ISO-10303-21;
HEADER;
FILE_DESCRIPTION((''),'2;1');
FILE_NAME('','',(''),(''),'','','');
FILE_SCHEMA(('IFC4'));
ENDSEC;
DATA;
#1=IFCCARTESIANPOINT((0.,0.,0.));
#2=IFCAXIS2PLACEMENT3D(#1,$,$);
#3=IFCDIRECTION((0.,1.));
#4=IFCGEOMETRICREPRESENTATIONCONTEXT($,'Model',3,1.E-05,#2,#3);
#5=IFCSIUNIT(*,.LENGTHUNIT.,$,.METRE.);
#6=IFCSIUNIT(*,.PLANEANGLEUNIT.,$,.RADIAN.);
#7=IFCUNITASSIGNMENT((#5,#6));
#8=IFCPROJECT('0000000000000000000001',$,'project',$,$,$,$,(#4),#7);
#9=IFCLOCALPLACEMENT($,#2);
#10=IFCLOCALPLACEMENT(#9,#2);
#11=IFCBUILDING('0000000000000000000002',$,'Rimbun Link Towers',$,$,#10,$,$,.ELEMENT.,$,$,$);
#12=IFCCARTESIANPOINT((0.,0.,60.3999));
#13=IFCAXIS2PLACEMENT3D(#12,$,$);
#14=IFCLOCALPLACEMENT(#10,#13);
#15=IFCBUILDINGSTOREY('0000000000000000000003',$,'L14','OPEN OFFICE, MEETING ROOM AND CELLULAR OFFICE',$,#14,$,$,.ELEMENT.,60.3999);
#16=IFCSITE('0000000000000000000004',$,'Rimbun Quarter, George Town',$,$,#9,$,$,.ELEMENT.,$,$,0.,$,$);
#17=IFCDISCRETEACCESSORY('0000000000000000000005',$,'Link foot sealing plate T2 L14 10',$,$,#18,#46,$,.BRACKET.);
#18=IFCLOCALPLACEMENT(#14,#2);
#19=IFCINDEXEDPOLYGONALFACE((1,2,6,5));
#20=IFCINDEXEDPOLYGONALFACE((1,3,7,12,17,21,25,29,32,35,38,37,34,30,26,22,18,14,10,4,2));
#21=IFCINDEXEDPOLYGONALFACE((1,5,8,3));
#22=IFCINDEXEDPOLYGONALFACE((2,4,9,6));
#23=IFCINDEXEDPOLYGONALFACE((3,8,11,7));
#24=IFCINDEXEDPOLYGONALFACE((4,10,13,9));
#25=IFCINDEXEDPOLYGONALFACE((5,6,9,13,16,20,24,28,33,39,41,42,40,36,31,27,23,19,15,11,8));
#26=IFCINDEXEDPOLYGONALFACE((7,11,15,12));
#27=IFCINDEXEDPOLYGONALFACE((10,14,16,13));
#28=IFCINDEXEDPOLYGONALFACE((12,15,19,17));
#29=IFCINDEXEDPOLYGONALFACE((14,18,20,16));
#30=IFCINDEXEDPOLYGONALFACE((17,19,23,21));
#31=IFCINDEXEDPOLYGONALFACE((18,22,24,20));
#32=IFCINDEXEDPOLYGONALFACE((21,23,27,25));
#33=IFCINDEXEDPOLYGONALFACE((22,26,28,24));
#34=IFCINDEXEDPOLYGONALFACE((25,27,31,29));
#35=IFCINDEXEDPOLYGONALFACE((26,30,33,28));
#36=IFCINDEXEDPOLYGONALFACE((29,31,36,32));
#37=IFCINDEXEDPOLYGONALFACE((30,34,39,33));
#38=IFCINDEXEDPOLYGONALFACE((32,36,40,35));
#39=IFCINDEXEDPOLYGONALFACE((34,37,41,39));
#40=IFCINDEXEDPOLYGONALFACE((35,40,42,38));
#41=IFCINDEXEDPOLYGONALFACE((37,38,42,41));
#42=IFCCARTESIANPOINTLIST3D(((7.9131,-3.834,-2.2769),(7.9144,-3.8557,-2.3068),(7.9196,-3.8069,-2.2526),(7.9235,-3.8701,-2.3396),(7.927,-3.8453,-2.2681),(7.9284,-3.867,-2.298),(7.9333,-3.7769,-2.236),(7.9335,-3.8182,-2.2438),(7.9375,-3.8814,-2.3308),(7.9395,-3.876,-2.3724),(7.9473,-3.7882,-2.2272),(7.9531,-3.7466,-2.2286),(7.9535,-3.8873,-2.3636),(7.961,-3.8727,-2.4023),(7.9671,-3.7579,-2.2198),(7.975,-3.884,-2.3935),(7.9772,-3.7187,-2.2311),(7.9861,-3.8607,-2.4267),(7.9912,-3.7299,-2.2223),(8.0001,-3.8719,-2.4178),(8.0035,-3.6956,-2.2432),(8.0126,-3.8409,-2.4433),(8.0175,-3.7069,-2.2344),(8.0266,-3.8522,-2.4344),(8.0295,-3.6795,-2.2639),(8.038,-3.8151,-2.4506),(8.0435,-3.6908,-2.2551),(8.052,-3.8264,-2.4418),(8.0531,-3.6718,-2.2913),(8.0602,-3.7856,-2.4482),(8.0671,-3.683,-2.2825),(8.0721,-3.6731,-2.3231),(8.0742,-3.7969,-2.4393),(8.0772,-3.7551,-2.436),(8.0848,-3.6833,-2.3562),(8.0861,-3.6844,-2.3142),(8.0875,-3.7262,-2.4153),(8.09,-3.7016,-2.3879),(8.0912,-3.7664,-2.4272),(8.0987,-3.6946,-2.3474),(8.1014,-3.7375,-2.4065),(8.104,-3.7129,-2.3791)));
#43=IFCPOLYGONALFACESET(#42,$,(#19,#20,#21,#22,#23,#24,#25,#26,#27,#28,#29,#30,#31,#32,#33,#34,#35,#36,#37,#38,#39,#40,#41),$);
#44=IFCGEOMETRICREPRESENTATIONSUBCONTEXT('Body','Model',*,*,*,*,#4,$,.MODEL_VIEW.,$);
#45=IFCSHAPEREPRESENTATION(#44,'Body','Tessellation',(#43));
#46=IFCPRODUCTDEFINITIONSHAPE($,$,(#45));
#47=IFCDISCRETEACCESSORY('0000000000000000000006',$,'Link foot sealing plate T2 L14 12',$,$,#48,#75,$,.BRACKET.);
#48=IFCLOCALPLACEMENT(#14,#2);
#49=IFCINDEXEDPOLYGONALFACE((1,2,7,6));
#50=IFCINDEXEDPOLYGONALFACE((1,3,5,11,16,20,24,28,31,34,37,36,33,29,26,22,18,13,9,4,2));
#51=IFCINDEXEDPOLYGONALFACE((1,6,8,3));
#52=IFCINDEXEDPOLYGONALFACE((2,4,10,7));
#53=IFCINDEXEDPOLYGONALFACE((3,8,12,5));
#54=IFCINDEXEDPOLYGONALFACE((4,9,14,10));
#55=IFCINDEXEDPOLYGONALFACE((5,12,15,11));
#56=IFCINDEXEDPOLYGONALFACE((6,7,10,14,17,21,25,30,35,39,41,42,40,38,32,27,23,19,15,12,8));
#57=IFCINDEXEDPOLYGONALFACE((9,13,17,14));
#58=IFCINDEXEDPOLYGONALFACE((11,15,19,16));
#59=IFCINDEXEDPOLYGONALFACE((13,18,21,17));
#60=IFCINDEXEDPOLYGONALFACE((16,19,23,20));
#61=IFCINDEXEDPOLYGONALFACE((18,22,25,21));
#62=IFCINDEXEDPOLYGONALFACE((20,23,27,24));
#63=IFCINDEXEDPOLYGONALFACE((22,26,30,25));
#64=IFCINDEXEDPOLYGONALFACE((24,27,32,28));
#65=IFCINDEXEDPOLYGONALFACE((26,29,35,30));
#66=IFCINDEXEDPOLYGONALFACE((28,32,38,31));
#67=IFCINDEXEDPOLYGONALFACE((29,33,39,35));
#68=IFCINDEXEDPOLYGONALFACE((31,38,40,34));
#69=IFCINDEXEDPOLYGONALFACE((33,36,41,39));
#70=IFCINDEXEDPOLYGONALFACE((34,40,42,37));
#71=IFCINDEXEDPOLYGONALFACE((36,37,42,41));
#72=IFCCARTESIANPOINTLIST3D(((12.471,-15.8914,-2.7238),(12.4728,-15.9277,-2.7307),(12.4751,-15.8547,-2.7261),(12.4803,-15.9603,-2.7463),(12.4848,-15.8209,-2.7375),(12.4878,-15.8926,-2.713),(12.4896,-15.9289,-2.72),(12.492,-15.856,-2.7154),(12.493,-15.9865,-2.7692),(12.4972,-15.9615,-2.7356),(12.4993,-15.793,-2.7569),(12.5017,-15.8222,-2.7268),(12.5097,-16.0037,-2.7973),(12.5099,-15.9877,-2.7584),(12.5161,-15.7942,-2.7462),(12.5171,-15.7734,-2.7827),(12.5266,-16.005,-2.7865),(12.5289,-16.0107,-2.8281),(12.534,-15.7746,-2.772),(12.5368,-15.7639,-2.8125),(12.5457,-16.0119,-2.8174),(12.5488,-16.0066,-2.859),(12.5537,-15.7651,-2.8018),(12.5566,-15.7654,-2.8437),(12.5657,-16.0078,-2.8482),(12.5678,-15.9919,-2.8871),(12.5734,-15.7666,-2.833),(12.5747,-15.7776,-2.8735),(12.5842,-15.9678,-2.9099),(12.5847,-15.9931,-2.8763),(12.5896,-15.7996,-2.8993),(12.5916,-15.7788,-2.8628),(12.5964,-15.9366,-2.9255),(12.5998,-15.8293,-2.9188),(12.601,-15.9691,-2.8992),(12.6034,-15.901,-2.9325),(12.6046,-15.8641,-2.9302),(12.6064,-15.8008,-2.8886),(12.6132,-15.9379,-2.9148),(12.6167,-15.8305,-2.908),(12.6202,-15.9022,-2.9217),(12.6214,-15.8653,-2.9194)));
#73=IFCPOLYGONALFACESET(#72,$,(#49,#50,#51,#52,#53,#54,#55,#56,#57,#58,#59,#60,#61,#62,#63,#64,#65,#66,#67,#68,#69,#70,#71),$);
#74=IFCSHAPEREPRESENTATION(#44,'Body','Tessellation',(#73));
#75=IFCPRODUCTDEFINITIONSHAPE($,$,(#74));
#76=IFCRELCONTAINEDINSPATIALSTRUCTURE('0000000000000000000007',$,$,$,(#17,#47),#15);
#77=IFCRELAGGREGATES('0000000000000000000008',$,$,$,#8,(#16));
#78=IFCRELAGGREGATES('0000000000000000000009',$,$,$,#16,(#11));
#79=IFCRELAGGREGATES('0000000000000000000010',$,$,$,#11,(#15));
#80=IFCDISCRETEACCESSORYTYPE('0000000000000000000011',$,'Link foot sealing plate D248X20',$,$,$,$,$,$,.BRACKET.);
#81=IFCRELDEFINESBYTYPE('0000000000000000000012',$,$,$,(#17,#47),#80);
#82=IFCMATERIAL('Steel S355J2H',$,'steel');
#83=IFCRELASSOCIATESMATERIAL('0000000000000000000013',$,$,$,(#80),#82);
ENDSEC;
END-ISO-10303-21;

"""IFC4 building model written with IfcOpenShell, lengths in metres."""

from ifc_helpers import new_model, si_unit, direction, frame, origin, origin_2d, place, context, subcontext, project, spatial, circle, extrude, material, material_profile, profile_set, type_object, element, save


model = new_model("IFC4")

# Units and contexts
model_context = context("Model", 3, precision=1e-05, world=origin(), true_north=direction((0.0, 1.0)))
body_context = subcontext(model_context, "Body", "Model", "MODEL_VIEW")
ifc_project = project(units=[si_unit("LENGTHUNIT", "METRE"), si_unit("PLANEANGLEUNIT", "RADIAN")], contexts=[model_context])

# Site, building, storey
site_placement = place(None, origin())
site = spatial("IfcSite", under=ifc_project, at=site_placement, Name="Rimbun Quarter, George Town", CompositionType="ELEMENT", RefElevation=0.0)
building_placement = place(site_placement, origin())
building = spatial("IfcBuilding", under=site, at=building_placement, Name="Rimbun Link Towers", CompositionType="ELEMENT")
storey_placement = place(building_placement, frame((0.0, 0.0, 60.3999)))
storey = spatial("IfcBuildingStorey", under=building, at=storey_placement, Name="L14", Description="OPEN OFFICE, MEETING ROOM AND CELLULAR OFFICE", CompositionType="ELEMENT", Elevation=60.3999)

# Discrete accessories
ifc_material_1 = material(Name="Steel S355J2H", Category="steel")
ifc_material_profile_1 = material_profile(ifc_material_1, circle(Radius=0.124, at=origin_2d()), Name="PL D248")
ifc_profile_set_1 = profile_set([ifc_material_profile_1], Name="Steel S355J2H")
discrete_accessory_type = type_object("IfcDiscreteAccessoryType", Name="Link foot sealing plate D248X20", PredefinedType="BRACKET", material=ifc_profile_set_1)
for number, where, z_axis, x_axis, name in (
    (1, (8.0154, -3.7849, -2.3308), (-0.698401, 0.563622, -0.441096), (-0.628019, -0.778198, 0.0), "Link foot sealing plate T2 L14 10"),
    (2, (12.5547, -15.8882, -2.8174), (-0.841589, 0.060985, -0.536665), (-0.072274, -0.997385, 0.0), "Link foot sealing plate T2 L14 12"),
):
    element("IfcDiscreteAccessory", number, at=place(storey_placement, frame(where, z_axis=z_axis, x_axis=x_axis)), inside=storey, type_object=discrete_accessory_type, Name=name, PredefinedType="BRACKET", context=body_context, shape_type="SweptSolid", body=[
        extrude(circle(Radius=0.124, at=origin_2d()), origin(), (0.0, 0.0, 1.0), 0.02),
    ])

save(model, "model.ifc")
